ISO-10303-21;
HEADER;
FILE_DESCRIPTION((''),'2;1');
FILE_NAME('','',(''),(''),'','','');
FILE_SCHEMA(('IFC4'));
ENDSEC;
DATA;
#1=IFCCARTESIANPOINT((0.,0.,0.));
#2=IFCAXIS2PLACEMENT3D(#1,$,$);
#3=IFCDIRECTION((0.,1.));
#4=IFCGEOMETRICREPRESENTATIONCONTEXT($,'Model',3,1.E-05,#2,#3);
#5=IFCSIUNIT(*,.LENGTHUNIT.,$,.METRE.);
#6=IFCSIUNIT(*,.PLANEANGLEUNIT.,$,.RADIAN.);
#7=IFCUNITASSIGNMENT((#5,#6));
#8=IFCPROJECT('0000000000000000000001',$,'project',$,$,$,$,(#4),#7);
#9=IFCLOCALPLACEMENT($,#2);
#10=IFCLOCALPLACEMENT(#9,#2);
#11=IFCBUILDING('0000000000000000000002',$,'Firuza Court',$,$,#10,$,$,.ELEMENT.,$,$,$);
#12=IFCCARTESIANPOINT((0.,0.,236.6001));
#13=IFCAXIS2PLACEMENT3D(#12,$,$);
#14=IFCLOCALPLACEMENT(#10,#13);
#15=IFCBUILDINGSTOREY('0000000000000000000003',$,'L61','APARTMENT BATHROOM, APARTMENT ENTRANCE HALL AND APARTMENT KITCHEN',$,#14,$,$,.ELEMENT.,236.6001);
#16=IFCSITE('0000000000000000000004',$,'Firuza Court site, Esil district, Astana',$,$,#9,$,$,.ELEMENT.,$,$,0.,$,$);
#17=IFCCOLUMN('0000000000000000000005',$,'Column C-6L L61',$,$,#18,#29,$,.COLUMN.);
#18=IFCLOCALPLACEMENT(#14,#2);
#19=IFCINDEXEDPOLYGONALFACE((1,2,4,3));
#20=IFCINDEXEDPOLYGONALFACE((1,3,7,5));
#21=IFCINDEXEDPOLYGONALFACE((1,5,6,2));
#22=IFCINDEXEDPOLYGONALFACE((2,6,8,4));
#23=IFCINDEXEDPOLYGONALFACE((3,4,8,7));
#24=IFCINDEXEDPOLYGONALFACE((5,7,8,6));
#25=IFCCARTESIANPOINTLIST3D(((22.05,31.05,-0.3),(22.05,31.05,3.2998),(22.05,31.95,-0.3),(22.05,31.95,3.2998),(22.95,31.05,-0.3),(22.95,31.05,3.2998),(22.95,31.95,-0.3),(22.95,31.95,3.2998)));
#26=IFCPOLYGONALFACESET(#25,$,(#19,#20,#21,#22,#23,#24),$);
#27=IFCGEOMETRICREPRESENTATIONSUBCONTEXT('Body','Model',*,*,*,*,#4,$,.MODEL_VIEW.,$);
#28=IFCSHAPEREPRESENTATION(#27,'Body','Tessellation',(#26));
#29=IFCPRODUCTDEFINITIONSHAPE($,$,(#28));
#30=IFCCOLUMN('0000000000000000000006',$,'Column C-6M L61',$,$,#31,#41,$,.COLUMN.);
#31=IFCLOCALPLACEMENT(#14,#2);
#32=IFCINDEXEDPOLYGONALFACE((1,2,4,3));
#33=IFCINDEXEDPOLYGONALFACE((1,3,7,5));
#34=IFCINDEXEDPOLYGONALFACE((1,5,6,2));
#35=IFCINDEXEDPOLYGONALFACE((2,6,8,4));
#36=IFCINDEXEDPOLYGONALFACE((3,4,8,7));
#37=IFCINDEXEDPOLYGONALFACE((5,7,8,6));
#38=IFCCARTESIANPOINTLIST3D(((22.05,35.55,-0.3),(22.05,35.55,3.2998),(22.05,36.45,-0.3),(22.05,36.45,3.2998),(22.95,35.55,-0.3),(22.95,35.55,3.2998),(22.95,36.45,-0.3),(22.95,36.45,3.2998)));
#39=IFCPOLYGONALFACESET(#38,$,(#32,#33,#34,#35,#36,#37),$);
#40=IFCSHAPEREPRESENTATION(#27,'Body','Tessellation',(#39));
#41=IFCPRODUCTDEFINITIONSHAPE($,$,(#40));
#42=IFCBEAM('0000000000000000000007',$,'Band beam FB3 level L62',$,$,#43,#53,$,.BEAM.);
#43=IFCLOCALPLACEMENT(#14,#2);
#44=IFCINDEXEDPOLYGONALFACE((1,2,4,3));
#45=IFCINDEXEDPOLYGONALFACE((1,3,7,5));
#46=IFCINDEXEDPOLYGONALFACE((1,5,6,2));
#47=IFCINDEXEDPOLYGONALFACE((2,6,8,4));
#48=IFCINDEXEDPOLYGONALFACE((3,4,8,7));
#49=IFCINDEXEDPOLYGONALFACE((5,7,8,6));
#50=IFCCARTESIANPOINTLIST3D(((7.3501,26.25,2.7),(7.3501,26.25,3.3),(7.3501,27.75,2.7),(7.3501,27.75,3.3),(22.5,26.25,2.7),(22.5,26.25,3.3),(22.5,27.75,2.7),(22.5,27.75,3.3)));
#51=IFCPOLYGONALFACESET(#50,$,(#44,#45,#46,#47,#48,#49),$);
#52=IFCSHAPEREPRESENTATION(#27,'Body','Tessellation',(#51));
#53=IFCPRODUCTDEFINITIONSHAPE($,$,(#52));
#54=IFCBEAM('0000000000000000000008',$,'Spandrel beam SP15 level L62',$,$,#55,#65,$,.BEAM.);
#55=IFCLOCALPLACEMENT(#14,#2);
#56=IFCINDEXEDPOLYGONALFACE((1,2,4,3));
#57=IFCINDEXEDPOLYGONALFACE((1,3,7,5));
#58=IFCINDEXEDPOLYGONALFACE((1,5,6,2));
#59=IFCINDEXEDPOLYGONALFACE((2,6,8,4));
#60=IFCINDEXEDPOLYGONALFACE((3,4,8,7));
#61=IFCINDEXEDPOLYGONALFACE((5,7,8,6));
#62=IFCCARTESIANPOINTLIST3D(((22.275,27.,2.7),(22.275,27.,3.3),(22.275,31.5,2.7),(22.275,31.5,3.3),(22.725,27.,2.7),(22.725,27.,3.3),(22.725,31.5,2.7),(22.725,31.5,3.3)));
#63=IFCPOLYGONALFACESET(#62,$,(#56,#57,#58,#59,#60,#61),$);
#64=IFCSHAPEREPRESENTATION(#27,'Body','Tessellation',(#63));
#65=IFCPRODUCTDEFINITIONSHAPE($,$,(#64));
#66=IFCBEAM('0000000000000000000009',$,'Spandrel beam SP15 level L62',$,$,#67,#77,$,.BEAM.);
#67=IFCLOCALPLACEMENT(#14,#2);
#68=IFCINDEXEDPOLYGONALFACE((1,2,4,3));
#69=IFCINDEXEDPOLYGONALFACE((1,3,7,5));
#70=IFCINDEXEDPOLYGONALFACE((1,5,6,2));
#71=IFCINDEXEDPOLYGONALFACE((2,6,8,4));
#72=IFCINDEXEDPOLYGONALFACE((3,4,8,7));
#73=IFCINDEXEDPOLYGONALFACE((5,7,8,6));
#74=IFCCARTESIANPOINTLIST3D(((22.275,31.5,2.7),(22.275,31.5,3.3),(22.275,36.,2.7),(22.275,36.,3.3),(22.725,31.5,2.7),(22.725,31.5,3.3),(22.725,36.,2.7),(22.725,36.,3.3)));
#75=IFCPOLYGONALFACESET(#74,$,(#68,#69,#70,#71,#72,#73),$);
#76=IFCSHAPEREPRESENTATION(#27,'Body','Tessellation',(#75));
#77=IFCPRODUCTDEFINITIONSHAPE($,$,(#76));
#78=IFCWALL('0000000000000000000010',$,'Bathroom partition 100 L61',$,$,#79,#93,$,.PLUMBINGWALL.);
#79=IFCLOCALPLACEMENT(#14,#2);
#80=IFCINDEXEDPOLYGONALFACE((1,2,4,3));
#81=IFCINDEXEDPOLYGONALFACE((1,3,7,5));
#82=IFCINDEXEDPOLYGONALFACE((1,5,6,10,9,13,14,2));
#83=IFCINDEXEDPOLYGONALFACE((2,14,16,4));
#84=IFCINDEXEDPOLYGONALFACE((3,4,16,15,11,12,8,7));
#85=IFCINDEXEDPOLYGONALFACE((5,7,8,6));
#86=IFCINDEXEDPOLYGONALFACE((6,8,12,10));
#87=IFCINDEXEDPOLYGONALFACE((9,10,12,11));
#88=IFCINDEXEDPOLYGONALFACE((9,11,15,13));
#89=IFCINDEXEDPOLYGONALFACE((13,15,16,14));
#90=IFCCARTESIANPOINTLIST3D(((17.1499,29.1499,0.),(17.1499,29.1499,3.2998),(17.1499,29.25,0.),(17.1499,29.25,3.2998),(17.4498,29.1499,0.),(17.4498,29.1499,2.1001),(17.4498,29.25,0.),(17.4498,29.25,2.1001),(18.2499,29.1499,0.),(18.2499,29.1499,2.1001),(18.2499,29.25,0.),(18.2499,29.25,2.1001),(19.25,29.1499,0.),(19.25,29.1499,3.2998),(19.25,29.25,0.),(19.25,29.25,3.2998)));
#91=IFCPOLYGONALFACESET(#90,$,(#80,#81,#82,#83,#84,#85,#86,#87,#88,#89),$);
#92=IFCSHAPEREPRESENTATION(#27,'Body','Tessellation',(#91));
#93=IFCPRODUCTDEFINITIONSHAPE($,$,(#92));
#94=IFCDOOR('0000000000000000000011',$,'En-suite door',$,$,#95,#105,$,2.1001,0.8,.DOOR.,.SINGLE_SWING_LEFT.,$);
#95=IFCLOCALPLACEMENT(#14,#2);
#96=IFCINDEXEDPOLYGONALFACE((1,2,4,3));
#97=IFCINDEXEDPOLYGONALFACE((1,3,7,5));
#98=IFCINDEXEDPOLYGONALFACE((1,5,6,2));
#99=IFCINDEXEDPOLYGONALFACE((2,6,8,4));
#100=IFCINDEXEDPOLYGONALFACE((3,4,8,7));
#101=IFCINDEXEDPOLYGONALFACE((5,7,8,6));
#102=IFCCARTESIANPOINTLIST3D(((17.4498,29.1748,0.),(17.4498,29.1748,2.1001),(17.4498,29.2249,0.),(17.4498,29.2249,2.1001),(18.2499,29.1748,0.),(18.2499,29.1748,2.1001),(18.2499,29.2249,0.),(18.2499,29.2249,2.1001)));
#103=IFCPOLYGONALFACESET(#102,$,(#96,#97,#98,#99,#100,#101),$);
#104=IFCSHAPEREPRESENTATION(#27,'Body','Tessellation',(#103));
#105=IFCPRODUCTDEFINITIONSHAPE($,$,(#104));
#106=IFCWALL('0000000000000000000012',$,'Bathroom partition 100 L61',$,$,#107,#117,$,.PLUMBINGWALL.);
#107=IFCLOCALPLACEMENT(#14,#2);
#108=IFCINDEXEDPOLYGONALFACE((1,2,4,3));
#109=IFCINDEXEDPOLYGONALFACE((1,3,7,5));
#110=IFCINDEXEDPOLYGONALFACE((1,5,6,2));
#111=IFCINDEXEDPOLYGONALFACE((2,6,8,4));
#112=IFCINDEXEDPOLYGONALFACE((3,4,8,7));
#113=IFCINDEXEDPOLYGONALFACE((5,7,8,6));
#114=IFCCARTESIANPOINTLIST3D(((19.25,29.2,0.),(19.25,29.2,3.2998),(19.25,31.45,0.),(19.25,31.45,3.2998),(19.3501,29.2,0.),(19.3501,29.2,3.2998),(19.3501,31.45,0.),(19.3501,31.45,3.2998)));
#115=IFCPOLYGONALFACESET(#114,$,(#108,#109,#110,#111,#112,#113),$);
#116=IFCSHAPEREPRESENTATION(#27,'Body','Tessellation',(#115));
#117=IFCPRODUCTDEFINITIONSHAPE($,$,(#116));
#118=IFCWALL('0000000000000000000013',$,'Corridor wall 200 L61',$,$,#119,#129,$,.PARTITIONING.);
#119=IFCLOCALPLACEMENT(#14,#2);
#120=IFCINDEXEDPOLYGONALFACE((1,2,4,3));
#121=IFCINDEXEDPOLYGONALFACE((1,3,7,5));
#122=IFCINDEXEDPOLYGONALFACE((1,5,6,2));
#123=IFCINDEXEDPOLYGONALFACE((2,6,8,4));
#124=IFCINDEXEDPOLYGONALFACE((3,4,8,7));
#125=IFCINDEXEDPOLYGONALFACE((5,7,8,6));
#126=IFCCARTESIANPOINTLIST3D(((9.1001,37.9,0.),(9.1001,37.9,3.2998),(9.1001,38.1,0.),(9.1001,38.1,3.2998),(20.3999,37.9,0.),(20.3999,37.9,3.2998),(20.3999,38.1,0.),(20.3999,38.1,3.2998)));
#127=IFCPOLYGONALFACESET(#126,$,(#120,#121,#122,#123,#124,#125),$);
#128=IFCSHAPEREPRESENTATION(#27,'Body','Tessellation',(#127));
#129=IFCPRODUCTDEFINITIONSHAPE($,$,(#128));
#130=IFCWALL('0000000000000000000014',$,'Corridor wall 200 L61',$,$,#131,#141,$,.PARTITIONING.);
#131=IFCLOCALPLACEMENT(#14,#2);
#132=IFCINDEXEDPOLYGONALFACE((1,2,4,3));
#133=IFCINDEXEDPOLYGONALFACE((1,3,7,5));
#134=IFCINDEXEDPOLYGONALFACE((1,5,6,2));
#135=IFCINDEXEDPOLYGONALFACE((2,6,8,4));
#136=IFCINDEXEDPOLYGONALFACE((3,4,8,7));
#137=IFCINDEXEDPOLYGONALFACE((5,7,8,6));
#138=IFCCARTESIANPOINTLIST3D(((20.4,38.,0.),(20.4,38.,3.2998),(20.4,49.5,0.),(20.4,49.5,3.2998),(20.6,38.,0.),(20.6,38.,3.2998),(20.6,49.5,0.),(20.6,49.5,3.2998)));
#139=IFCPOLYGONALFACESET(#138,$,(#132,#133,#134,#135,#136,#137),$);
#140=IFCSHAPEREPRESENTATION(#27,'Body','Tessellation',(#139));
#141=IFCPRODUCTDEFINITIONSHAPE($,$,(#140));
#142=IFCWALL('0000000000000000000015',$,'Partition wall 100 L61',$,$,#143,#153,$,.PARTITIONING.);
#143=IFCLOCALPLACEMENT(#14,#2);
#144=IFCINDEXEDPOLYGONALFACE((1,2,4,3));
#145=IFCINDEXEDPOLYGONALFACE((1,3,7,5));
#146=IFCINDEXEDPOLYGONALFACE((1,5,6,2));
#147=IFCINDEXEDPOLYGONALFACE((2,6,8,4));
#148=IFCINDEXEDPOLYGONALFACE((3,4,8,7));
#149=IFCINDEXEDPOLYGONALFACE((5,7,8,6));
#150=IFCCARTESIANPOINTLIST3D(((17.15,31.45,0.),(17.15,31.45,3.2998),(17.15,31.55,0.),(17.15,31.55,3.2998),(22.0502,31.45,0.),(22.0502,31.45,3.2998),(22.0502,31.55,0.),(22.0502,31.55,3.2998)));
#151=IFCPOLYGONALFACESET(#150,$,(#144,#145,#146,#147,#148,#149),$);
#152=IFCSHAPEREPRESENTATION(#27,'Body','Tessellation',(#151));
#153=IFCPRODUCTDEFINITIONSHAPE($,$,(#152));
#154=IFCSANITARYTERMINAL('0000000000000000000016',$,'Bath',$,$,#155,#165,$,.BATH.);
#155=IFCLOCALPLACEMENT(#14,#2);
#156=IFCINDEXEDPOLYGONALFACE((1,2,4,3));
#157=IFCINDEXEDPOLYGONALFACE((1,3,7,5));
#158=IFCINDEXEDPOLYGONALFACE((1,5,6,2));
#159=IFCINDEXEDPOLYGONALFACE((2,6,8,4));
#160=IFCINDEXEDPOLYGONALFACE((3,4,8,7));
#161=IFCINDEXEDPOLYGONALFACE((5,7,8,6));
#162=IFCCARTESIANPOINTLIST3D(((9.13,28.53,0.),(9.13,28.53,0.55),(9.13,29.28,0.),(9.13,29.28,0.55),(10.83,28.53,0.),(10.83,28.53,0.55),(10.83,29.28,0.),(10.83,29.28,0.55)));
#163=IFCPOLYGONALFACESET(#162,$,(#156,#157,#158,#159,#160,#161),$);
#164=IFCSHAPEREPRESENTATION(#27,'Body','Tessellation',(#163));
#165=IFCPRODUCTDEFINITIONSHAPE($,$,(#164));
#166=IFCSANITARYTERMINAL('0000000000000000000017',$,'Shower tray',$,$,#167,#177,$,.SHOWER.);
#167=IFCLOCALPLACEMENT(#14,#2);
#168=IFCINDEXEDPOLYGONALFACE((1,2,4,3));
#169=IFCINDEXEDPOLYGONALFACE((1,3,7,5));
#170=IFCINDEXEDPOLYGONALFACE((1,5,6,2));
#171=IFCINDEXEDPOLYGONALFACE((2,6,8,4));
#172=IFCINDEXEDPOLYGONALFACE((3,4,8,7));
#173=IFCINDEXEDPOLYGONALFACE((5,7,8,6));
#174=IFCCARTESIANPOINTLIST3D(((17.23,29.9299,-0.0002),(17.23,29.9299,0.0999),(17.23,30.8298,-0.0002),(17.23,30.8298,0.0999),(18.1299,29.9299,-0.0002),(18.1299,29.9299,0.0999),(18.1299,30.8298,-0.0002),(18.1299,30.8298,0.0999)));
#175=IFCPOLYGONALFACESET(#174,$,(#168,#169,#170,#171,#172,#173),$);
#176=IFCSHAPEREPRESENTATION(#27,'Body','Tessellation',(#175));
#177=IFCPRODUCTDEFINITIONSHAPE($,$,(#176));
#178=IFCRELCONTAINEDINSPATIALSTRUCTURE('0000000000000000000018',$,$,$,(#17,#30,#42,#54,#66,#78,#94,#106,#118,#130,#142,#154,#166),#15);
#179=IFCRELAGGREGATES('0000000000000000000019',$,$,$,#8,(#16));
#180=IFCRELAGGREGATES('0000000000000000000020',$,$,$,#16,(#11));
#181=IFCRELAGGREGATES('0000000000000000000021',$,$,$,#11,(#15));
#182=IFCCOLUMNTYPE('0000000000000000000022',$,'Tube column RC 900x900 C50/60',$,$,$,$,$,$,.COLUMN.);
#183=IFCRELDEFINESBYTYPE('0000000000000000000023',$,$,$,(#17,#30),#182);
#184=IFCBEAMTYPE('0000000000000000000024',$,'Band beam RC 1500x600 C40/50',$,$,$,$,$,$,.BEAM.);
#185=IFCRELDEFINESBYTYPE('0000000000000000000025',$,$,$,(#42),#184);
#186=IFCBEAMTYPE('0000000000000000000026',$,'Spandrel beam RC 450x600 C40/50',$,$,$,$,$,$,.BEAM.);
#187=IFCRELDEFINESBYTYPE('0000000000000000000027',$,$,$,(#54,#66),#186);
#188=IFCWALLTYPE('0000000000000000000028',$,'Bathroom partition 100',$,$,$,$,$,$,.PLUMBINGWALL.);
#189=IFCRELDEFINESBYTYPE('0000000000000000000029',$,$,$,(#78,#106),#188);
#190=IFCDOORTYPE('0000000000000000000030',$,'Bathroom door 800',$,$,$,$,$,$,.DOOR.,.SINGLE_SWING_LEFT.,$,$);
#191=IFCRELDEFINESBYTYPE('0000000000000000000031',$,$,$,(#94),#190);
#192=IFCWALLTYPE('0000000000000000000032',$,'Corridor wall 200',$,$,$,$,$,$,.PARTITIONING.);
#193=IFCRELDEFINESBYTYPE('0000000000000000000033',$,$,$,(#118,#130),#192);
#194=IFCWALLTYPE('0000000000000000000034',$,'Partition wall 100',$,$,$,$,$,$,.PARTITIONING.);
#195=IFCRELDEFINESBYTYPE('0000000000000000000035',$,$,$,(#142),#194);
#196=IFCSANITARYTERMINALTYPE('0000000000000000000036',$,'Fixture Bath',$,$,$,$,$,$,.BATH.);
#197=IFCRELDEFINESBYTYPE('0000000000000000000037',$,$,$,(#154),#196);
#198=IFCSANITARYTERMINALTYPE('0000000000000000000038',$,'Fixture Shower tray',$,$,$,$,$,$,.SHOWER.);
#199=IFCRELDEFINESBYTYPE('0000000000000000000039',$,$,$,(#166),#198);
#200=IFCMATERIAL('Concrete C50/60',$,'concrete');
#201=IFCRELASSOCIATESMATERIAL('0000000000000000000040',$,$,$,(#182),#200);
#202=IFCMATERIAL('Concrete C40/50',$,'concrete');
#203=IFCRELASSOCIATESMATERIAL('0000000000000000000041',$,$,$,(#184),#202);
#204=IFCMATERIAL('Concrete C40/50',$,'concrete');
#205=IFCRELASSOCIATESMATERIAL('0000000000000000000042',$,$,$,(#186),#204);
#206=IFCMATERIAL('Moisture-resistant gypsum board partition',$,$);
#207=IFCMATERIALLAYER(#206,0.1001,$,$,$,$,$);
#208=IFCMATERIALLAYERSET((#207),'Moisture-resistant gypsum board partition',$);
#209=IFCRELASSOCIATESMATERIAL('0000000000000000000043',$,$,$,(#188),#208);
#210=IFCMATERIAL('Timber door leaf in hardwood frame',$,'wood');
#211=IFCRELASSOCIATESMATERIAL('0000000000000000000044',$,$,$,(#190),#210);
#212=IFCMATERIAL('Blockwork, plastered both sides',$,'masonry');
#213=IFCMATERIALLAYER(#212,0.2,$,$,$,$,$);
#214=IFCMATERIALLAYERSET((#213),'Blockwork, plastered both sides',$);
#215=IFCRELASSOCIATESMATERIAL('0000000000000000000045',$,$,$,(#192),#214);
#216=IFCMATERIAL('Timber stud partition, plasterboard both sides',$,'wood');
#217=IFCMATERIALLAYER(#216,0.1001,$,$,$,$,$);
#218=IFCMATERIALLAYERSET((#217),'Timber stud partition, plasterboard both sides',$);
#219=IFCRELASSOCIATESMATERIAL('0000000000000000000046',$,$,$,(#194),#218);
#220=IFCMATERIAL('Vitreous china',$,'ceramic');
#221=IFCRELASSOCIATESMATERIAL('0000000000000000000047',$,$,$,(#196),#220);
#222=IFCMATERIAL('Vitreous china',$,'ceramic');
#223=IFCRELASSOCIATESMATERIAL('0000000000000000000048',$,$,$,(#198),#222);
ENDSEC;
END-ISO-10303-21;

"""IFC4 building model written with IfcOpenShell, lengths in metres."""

from ifc_helpers import new_model, si_unit, direction, frame, frame_2d, origin, origin_2d, place, context, subcontext, project, spatial, rectangle, extrude, material, layer, layer_set, material_profile, profile_set, type_object, element, fill, save


model = new_model("IFC4")

# Units and contexts
model_context = context("Model", 3, precision=1e-05, world=origin(), true_north=direction((0.0, 1.0)))
body_context = subcontext(model_context, "Body", "Model", "MODEL_VIEW")
ifc_project = project(units=[si_unit("LENGTHUNIT", "METRE"), si_unit("PLANEANGLEUNIT", "RADIAN")], contexts=[model_context])

# Site, building, storey
site_placement = place(None, origin())
site = spatial("IfcSite", under=ifc_project, at=site_placement, Name="Firuza Court site, Esil district, Astana", CompositionType="ELEMENT", RefElevation=0.0)
building_placement = place(site_placement, origin())
building = spatial("IfcBuilding", under=site, at=building_placement, Name="Firuza Court", CompositionType="ELEMENT")
storey_placement = place(building_placement, frame((0.0, 0.0, 236.6001)))
storey = spatial("IfcBuildingStorey", under=building, at=storey_placement, Name="L61", Description="APARTMENT BATHROOM, APARTMENT ENTRANCE HALL AND APARTMENT KITCHEN", CompositionType="ELEMENT", Elevation=236.6001)

# Columns
ifc_material_1 = material(Name="Concrete C50/60", Category="concrete")
ifc_material_profile_1 = material_profile(ifc_material_1, rectangle(XDim=0.8999, YDim=0.8999, at=origin_2d()), Name="RC 900x900")
ifc_profile_set_1 = profile_set([ifc_material_profile_1], Name="Concrete C50/60")
column_type = type_object("IfcColumnType", Name="Tube column RC 900x900 C50/60", PredefinedType="COLUMN", material=ifc_profile_set_1)
for number, where, z_axis, x_axis, name in (
    (1, (22.5, 31.5, -0.3), (0.0, 0.0, 1.0), (1.0, 0.0, 0.0), "Column C-6L L61"),
    (2, (22.5, 36.0, -0.3), (0.0, 0.0, 1.0), (1.0, 0.0, 0.0), "Column C-6M L61"),
):
    element("IfcColumn", number, at=place(storey_placement, frame(where, z_axis=z_axis, x_axis=x_axis)), inside=storey, type_object=column_type, Name=name, PredefinedType="COLUMN", context=body_context, shape_type="SweptSolid", body=[
        extrude(rectangle(XDim=0.8999, YDim=0.8999, at=origin_2d()), origin(), (0.0, 0.0, 1.0), 3.5999),
    ])

# Beams
ifc_material_2 = material(Name="Concrete C40/50", Category="concrete")
ifc_material_profile_2 = material_profile(ifc_material_2, rectangle(XDim=1.5, YDim=0.6001, at=origin_2d()), Name="RC 1500x600")
ifc_profile_set_2 = profile_set([ifc_material_profile_2], Name="Concrete C40/50")
beam_type_1 = type_object("IfcBeamType", Name="Band beam RC 1500x600 C40/50", PredefinedType="BEAM", material=ifc_profile_set_2)
beam_placement = place(storey_placement, frame((22.5, 27.0, 3.0), z_axis=(-1.0, 0.0, 0.0), x_axis=(0.0, -1.0, 0.0)))
element("IfcBeam", 3, at=beam_placement, inside=storey, type_object=beam_type_1, Name="Band beam FB3 level L62", PredefinedType="BEAM", context=body_context, shape_type="SweptSolid", body=[
    extrude(rectangle(XDim=1.5, YDim=0.6001, at=origin_2d()), origin(), (0.0, 0.0, 1.0), 15.1499),
])
ifc_material_3 = material(Name="Concrete C40/50", Category="concrete")
ifc_material_profile_3 = material_profile(ifc_material_3, rectangle(XDim=0.45, YDim=0.6001, at=origin_2d()), Name="RC 450x600")
ifc_profile_set_3 = profile_set([ifc_material_profile_3], Name="Concrete C40/50")
beam_type_2 = type_object("IfcBeamType", Name="Spandrel beam RC 450x600 C40/50", PredefinedType="BEAM", material=ifc_profile_set_3)
for number, where, z_axis, x_axis, name in (
    (4, (22.5, 27.0, 3.0), (0.0, 1.0, 0.0), (-1.0, 0.0, 0.0), "Spandrel beam SP15 level L62"),
    (5, (22.5, 31.5, 3.0), (0.0, 1.0, 0.0), (-1.0, 0.0, 0.0), "Spandrel beam SP15 level L62"),
):
    element("IfcBeam", number, at=place(storey_placement, frame(where, z_axis=z_axis, x_axis=x_axis)), inside=storey, type_object=beam_type_2, Name=name, PredefinedType="BEAM", context=body_context, shape_type="SweptSolid", body=[
        extrude(rectangle(XDim=0.45, YDim=0.6001, at=origin_2d()), origin(), (0.0, 0.0, 1.0), 4.5),
    ])

# Wall, opening, door
ifc_material_4 = material(Name="Moisture-resistant gypsum board partition")
ifc_layer_1 = layer(ifc_material_4, 0.1001)
ifc_layer_set_1 = layer_set([ifc_layer_1], Name="Moisture-resistant gypsum board partition")
wall_type_1 = type_object("IfcWallType", Name="Bathroom partition 100", PredefinedType="PLUMBINGWALL", material=ifc_layer_set_1)
wall_1_placement = place(storey_placement, frame((17.1499, 29.2, 0.0), z_axis=(0.0, 0.0, 1.0), x_axis=(1.0, 0.0, 0.0)))
wall_1 = element("IfcWall", 6, at=wall_1_placement, inside=storey, type_object=wall_type_1, Name="Bathroom partition 100 L61", PredefinedType="PLUMBINGWALL", context=body_context, shape_type="SweptSolid", body=[
    extrude(rectangle(XDim=2.1001, YDim=0.1001, at=frame_2d((1.05, 0.0))), origin(), (0.0, 0.0, 1.0), 3.2998),
])
opening_placement = place(wall_1_placement, frame((0.3, 0.0, 0.0)))
opening = element("IfcOpeningElement", 7, at=opening_placement, cuts=wall_1, PredefinedType="OPENING", context=body_context, shape_type="SweptSolid", body=[
    extrude(rectangle(XDim=0.8, YDim=2.1001, at=frame_2d((0.3999, 1.05))), frame((0.0, 0.062, 0.0), z_axis=(0.0, -1.0, 0.0), x_axis=(1.0, 0.0, 0.0)), (0.0, 0.0, 1.0), 0.124),
])
ifc_material_5 = material(Name="Timber door leaf in hardwood frame", Category="wood")
door_type = type_object("IfcDoorType", Name="Bathroom door 800", OperationType="SINGLE_SWING_LEFT", PredefinedType="DOOR", material=ifc_material_5)
door_placement = place(opening_placement, origin())
door = element("IfcDoor", 8, at=door_placement, inside=storey, type_object=door_type, Name="En-suite door", OperationType="SINGLE_SWING_LEFT", OverallHeight=2.1001, OverallWidth=0.8, PredefinedType="DOOR", context=body_context, shape_type="SweptSolid", body=[
    extrude(rectangle(XDim=0.8, YDim=2.1001, at=frame_2d((0.3999, 1.05))), frame((0.0, 0.0249, 0.0), z_axis=(0.0, -1.0, 0.0), x_axis=(1.0, 0.0, 0.0)), (0.0, 0.0, 1.0), 0.05),
])
fill(opening, door)

# Walls
wall_2_placement = place(storey_placement, frame((19.3, 29.2, 0.0), z_axis=(0.0, 0.0, 1.0), x_axis=(0.0, 1.0, 0.0)))
element("IfcWall", 9, at=wall_2_placement, inside=storey, type_object=wall_type_1, Name="Bathroom partition 100 L61", PredefinedType="PLUMBINGWALL", context=body_context, shape_type="SweptSolid", body=[
    extrude(rectangle(XDim=2.25, YDim=0.1001, at=frame_2d((1.125, 0.0))), origin(), (0.0, 0.0, 1.0), 3.2998),
])
ifc_material_6 = material(Name="Blockwork, plastered both sides", Category="masonry")
ifc_layer_2 = layer(ifc_material_6, 0.2)
ifc_layer_set_2 = layer_set([ifc_layer_2], Name="Blockwork, plastered both sides")
wall_type_2 = type_object("IfcWallType", Name="Corridor wall 200", PredefinedType="PARTITIONING", material=ifc_layer_set_2)
wall_3_placement = place(storey_placement, frame((9.1001, 38.0, 0.0), z_axis=(0.0, 0.0, 1.0), x_axis=(1.0, 0.0, 0.0)))
element("IfcWall", 10, at=wall_3_placement, inside=storey, type_object=wall_type_2, Name="Corridor wall 200 L61", PredefinedType="PARTITIONING", context=body_context, shape_type="SweptSolid", body=[
    extrude(rectangle(XDim=11.2998, YDim=0.2, at=frame_2d((5.6499, 0.0))), origin(), (0.0, 0.0, 1.0), 3.2998),
])
wall_4_placement = place(storey_placement, frame((20.5, 38.0, 0.0), z_axis=(0.0, 0.0, 1.0), x_axis=(0.0, 1.0, 0.0)))
element("IfcWall", 11, at=wall_4_placement, inside=storey, type_object=wall_type_2, Name="Corridor wall 200 L61", PredefinedType="PARTITIONING", context=body_context, shape_type="SweptSolid", body=[
    extrude(rectangle(XDim=11.5, YDim=0.2, at=frame_2d((5.75, 0.0))), origin(), (0.0, 0.0, 1.0), 3.2998),
])
ifc_material_7 = material(Name="Timber stud partition, plasterboard both sides", Category="wood")
ifc_layer_3 = layer(ifc_material_7, 0.1001)
ifc_layer_set_3 = layer_set([ifc_layer_3], Name="Timber stud partition, plasterboard both sides")
wall_type_3 = type_object("IfcWallType", Name="Partition wall 100", PredefinedType="PARTITIONING", material=ifc_layer_set_3)
wall_5_placement = place(storey_placement, frame((17.1499, 31.5, 0.0), z_axis=(0.0, 0.0, 1.0), x_axis=(1.0, 0.0, 0.0)))
element("IfcWall", 12, at=wall_5_placement, inside=storey, type_object=wall_type_3, Name="Partition wall 100 L61", PredefinedType="PARTITIONING", context=body_context, shape_type="SweptSolid", body=[
    extrude(rectangle(XDim=4.9001, YDim=0.1001, at=frame_2d((2.4502, 0.0))), origin(), (0.0, 0.0, 1.0), 3.2998),
])

# Sanitary terminals
ifc_material_8 = material(Name="Vitreous china", Category="ceramic")
sanitary_terminal_type_1 = type_object("IfcSanitaryTerminalType", Name="Fixture Bath", PredefinedType="BATH", material=ifc_material_8)
sanitary_terminal_1_placement = place(storey_placement, frame((9.98, 28.905, 0.0), z_axis=(0.0, 0.0, 1.0), x_axis=(1.0, 0.0, 0.0)))
element("IfcSanitaryTerminal", 13, at=sanitary_terminal_1_placement, inside=storey, type_object=sanitary_terminal_type_1, Name="Bath", PredefinedType="BATH", context=body_context, shape_type="SweptSolid", body=[
    extrude(rectangle(XDim=1.7, YDim=0.75, at=origin_2d()), origin(), (0.0, 0.0, 1.0), 0.55),
])
ifc_material_9 = material(Name="Vitreous china", Category="ceramic")
sanitary_terminal_type_2 = type_object("IfcSanitaryTerminalType", Name="Fixture Shower tray", PredefinedType="SHOWER", material=ifc_material_9)
sanitary_terminal_2_placement = place(storey_placement, frame((17.6799, 30.3799, -0.0002), z_axis=(0.0, 0.0, 1.0), x_axis=(1.0, 0.0, 0.0)))
element("IfcSanitaryTerminal", 14, at=sanitary_terminal_2_placement, inside=storey, type_object=sanitary_terminal_type_2, Name="Shower tray", PredefinedType="SHOWER", context=body_context, shape_type="SweptSolid", body=[
    extrude(rectangle(XDim=0.8999, YDim=0.8999, at=origin_2d()), origin(), (0.0, 0.0, 1.0), 0.1001),
])

save(model, "model.ifc")
